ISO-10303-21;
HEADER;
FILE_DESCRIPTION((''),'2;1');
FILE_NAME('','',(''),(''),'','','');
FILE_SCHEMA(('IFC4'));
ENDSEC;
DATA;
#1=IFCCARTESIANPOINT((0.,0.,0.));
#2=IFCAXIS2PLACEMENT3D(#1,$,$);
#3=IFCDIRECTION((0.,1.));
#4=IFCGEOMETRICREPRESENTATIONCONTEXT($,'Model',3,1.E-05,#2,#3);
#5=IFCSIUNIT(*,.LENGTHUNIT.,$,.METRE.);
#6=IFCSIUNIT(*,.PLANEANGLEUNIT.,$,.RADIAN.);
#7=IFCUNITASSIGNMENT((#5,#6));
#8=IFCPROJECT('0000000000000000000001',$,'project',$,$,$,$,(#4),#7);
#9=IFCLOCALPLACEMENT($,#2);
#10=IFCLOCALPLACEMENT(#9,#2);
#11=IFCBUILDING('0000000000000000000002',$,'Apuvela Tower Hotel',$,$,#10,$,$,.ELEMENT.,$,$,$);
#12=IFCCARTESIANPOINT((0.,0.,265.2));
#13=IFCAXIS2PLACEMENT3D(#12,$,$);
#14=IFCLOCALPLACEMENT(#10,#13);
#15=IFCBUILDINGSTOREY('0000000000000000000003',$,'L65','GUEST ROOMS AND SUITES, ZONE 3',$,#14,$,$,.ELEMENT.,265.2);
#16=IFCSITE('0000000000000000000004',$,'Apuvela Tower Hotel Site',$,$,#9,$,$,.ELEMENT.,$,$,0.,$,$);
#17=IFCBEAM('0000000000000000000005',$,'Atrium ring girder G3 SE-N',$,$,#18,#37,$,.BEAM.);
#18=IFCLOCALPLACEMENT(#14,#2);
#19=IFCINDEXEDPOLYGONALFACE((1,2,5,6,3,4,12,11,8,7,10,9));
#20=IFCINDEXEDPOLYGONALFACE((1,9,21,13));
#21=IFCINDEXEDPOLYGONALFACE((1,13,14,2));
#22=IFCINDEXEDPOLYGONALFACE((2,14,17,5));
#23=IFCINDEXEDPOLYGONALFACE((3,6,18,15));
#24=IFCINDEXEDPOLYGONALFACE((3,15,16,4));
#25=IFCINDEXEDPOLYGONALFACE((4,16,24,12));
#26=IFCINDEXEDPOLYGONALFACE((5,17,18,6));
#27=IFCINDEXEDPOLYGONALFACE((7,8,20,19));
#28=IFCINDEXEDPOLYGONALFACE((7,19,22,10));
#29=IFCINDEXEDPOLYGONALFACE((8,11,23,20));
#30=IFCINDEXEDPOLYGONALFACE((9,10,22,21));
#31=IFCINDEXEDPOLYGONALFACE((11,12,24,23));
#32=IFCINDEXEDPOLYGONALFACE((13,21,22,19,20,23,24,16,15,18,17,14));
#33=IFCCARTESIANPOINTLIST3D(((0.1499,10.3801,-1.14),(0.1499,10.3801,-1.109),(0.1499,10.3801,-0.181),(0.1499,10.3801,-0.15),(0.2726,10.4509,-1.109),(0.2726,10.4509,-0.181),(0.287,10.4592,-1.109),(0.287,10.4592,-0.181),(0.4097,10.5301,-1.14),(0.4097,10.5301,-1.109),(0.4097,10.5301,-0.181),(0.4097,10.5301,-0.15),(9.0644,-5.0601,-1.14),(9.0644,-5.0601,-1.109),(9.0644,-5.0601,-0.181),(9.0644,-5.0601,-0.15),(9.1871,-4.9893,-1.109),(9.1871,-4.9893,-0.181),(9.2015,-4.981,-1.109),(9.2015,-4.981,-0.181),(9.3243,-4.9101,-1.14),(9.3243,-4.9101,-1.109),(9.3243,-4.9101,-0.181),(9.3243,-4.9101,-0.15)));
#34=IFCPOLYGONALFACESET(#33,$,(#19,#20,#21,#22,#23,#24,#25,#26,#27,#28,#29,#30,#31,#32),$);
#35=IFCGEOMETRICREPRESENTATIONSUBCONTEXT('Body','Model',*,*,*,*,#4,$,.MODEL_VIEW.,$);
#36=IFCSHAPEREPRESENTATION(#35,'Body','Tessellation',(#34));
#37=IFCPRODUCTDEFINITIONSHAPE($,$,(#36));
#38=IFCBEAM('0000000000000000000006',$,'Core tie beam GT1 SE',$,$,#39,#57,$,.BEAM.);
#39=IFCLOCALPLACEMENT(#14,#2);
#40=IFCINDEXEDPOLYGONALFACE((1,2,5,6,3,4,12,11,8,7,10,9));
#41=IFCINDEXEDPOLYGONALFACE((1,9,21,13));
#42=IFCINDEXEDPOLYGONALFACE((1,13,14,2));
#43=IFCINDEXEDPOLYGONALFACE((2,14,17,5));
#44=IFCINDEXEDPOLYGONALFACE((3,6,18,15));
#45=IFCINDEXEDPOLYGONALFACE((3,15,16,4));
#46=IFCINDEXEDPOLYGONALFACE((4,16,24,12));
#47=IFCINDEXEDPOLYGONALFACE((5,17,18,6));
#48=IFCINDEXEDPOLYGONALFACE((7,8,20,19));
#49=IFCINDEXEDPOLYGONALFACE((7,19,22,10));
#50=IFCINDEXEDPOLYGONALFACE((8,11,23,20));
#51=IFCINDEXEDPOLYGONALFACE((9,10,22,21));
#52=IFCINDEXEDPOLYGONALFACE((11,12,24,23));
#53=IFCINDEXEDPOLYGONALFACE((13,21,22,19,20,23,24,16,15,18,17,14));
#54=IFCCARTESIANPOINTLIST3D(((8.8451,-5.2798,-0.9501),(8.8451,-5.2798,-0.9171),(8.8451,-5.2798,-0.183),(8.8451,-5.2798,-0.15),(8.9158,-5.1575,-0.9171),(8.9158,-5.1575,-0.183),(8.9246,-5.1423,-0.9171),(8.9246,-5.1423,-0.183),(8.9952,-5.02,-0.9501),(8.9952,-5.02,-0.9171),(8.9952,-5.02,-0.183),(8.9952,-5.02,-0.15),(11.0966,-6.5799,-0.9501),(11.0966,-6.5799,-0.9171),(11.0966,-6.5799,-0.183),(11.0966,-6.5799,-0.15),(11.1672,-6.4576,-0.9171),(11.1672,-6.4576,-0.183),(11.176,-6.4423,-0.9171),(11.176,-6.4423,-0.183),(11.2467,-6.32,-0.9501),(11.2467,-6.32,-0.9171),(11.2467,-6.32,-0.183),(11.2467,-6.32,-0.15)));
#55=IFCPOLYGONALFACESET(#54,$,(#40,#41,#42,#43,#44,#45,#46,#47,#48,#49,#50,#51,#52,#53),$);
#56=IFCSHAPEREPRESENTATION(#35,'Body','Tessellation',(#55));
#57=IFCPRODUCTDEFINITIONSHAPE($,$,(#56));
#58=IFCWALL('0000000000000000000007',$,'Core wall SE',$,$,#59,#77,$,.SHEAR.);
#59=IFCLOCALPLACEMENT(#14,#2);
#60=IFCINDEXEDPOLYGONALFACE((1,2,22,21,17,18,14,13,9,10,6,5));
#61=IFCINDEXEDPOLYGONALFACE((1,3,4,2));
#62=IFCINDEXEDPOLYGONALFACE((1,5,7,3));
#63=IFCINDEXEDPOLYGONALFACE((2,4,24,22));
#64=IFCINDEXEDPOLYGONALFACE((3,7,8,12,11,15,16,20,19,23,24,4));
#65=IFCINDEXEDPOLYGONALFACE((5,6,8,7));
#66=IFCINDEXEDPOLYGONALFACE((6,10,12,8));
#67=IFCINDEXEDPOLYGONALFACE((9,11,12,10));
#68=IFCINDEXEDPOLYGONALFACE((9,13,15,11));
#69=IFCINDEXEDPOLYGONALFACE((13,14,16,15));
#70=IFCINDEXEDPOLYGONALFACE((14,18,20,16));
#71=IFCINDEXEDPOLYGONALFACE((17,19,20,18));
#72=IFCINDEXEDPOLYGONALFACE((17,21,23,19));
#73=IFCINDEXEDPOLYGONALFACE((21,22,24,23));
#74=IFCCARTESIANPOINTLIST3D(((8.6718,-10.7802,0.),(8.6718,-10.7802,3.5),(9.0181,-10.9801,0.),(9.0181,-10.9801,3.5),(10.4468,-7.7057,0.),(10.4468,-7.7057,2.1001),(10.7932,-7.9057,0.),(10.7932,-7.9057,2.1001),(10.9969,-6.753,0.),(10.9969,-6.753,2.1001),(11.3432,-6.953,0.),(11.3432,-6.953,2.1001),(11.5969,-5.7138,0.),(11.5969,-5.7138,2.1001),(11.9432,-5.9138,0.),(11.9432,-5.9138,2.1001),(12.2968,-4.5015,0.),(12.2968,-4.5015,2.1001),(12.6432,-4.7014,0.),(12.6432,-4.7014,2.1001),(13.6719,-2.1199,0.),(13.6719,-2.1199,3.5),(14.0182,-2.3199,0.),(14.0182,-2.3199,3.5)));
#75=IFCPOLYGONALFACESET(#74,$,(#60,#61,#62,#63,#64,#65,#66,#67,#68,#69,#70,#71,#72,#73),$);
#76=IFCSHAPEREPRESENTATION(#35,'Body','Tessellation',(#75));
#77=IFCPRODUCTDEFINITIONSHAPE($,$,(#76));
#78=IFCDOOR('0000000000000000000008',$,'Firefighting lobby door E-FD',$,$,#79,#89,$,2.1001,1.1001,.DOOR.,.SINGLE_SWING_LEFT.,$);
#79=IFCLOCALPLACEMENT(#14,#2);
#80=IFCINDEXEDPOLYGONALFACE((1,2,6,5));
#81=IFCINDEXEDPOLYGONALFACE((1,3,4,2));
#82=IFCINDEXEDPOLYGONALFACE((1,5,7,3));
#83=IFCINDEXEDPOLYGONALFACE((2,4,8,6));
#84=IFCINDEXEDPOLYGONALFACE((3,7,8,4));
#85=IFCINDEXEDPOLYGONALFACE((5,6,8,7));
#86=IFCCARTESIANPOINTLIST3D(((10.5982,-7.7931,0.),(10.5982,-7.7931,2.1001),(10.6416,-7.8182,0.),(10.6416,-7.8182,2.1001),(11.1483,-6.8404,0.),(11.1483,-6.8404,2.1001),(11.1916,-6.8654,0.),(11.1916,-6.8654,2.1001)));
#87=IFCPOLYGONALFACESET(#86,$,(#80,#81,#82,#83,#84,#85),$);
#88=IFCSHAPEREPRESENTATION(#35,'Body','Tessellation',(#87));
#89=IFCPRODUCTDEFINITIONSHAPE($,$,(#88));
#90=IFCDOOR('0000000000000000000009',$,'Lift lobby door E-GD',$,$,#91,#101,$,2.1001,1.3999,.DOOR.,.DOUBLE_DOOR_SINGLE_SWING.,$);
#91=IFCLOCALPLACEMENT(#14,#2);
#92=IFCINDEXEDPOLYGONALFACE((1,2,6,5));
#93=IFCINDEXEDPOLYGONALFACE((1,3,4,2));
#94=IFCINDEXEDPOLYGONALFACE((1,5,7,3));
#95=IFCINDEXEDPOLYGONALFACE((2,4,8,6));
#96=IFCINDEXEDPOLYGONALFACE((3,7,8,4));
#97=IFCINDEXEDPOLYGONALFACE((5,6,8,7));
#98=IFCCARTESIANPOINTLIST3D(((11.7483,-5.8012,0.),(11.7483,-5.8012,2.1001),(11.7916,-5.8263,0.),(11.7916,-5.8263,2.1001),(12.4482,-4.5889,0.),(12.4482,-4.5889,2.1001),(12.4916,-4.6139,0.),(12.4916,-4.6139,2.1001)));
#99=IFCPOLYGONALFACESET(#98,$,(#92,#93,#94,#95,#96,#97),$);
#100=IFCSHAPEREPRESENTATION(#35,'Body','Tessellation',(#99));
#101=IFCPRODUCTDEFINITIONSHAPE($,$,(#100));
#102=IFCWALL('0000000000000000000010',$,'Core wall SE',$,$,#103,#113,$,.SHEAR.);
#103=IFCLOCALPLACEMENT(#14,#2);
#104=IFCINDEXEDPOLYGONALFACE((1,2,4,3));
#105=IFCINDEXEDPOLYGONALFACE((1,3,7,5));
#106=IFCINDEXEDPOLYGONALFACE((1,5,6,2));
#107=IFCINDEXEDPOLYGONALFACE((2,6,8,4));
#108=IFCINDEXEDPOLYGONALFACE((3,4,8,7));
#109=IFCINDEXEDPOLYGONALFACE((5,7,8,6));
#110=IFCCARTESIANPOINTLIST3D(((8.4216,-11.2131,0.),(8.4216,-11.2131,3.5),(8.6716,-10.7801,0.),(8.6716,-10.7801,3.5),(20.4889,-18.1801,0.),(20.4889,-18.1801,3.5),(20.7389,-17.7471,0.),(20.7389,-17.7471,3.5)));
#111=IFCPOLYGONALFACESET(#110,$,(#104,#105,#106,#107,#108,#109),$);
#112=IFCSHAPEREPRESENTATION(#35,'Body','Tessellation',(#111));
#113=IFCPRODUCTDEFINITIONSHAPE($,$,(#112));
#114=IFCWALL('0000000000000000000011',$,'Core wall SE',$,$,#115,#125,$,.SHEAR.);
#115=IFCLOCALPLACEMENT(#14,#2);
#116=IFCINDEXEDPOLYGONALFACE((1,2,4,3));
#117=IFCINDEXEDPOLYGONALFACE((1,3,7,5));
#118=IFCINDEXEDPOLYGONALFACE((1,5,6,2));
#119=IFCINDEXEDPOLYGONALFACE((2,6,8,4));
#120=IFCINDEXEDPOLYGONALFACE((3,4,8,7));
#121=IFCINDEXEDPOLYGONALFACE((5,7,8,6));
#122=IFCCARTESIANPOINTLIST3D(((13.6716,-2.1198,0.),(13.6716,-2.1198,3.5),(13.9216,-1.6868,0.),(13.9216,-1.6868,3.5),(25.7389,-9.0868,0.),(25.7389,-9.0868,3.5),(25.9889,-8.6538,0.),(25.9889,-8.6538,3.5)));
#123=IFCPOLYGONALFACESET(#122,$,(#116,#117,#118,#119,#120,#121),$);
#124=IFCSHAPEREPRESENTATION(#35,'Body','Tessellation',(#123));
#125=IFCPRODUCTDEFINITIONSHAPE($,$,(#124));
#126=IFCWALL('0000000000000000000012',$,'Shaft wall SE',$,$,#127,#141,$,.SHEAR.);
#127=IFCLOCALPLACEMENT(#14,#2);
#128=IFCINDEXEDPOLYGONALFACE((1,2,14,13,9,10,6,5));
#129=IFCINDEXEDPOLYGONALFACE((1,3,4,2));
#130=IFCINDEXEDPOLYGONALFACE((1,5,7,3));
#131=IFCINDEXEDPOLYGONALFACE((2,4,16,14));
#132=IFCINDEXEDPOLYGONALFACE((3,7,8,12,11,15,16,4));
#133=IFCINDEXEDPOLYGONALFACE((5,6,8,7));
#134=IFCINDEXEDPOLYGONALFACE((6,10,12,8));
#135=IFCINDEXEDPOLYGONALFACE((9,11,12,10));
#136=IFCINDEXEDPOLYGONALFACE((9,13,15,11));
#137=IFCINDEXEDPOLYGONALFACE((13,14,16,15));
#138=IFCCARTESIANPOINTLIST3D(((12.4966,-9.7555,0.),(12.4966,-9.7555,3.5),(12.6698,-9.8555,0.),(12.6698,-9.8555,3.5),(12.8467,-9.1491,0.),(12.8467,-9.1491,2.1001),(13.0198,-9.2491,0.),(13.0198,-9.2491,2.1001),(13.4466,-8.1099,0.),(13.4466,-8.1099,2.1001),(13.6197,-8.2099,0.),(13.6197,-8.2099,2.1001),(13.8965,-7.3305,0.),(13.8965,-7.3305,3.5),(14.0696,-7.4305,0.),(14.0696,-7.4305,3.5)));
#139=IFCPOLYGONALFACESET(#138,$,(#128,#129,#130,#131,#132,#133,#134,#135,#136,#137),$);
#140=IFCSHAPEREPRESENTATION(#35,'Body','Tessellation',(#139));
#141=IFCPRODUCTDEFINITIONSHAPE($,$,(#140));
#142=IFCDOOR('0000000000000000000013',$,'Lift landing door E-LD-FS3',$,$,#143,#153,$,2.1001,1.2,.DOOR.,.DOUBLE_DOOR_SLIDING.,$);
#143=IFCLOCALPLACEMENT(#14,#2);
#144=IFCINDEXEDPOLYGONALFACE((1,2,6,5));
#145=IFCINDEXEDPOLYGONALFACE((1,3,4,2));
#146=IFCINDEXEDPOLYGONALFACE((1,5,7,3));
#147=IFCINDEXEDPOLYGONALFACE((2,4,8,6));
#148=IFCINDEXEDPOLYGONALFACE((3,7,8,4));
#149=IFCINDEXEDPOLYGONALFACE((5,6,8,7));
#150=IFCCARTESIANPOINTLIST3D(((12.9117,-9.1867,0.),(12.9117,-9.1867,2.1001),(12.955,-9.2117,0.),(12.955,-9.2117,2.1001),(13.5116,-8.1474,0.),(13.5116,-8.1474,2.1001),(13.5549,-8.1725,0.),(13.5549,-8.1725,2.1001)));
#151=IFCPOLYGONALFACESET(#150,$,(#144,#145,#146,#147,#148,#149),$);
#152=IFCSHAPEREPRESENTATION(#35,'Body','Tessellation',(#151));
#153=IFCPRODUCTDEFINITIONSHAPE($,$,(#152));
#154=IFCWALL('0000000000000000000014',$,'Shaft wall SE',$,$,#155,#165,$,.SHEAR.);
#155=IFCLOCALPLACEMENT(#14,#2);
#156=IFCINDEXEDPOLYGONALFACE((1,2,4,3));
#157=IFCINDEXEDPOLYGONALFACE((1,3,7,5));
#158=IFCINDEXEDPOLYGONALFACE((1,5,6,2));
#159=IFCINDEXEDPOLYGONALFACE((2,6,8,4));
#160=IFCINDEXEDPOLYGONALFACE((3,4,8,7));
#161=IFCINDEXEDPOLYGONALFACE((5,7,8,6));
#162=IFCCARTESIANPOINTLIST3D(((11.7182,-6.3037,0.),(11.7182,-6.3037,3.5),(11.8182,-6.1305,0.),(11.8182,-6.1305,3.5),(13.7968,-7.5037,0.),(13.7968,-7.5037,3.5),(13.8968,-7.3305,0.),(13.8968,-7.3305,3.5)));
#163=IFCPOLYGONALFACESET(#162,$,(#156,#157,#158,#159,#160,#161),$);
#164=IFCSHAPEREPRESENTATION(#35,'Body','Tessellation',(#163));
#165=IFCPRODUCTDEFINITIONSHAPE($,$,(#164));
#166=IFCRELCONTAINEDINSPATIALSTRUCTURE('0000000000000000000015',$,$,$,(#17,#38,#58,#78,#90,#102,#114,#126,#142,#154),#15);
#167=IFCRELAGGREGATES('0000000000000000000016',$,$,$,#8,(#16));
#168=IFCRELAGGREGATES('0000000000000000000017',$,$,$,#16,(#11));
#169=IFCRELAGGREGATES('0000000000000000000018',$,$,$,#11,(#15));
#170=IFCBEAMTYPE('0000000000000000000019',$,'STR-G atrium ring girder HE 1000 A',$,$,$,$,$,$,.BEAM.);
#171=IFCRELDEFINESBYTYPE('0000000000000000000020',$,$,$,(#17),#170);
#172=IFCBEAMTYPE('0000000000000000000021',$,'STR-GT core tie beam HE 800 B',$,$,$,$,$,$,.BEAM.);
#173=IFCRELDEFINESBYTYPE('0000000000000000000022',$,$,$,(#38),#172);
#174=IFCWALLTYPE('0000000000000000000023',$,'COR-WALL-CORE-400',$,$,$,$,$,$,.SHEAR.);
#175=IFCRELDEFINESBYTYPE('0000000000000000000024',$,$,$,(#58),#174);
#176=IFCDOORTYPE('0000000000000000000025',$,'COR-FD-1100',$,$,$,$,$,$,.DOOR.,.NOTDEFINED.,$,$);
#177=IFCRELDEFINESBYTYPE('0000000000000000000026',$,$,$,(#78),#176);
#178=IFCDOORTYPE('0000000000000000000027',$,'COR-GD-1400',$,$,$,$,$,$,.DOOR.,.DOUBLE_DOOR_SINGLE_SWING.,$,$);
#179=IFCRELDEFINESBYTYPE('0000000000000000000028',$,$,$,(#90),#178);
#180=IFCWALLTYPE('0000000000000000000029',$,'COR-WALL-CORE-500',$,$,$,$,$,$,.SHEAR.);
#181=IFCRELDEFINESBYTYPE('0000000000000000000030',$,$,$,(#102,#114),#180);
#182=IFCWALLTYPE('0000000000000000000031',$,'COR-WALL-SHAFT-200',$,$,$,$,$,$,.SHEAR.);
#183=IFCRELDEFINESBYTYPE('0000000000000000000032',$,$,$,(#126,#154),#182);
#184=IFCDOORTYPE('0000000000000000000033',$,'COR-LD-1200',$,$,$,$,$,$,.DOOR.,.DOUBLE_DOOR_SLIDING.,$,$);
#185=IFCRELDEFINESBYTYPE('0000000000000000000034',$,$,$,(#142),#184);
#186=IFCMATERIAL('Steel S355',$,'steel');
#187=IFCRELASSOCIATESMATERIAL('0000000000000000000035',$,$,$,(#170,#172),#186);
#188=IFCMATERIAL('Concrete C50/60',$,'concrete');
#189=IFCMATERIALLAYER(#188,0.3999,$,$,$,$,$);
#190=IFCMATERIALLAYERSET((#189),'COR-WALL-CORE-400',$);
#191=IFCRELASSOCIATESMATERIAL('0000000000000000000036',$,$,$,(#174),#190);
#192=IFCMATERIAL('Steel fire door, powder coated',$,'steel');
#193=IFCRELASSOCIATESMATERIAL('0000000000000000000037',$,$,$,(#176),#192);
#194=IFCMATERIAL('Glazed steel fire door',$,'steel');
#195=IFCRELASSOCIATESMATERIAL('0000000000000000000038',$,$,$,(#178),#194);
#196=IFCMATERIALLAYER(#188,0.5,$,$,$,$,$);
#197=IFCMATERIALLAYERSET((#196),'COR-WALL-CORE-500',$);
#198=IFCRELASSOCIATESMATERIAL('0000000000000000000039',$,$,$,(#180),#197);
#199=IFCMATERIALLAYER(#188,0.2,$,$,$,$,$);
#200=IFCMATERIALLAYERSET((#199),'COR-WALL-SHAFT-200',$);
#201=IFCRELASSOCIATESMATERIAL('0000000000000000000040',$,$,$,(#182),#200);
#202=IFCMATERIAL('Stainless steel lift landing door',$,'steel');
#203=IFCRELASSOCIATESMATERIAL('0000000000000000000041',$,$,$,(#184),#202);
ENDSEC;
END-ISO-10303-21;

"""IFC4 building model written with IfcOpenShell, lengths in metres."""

from ifc_helpers import new_model, si_unit, direction, frame, frame_2d, origin, origin_2d, place, context, subcontext, project, spatial, rectangle, i_section, extrude, material, layer, layer_set, material_profile, profile_set, type_object, element, fill, save


model = new_model("IFC4")

# Units and contexts
model_context = context("Model", 3, precision=1e-05, world=origin(), true_north=direction((0.0, 1.0)))
body_context = subcontext(model_context, "Body", "Model", "MODEL_VIEW")
ifc_project = project(units=[si_unit("LENGTHUNIT", "METRE"), si_unit("PLANEANGLEUNIT", "RADIAN")], contexts=[model_context])

# Site, building, storey
site_placement = place(None, origin())
site = spatial("IfcSite", under=ifc_project, at=site_placement, Name="Apuvela Tower Hotel Site", CompositionType="ELEMENT", RefElevation=0.0)
building_placement = place(site_placement, origin())
building = spatial("IfcBuilding", under=site, at=building_placement, Name="Apuvela Tower Hotel", CompositionType="ELEMENT")
storey_placement = place(building_placement, frame((0.0, 0.0, 265.2)))
storey = spatial("IfcBuildingStorey", under=building, at=storey_placement, Name="L65", Description="GUEST ROOMS AND SUITES, ZONE 3", CompositionType="ELEMENT", Elevation=265.2)

# Beams
ifc_material_1 = material(Name="Steel S355", Category="steel")
ifc_material_profile_1 = material_profile(ifc_material_1, i_section(OverallWidth=0.3, OverallDepth=0.99, WebThickness=0.0166, FlangeThickness=0.031, at=origin_2d()), Name="HE 1000 A")
ifc_profile_set_1 = profile_set([ifc_material_profile_1], Name="Steel S355")
beam_type_1 = type_object("IfcBeamType", Name="STR-G atrium ring girder HE 1000 A", PredefinedType="BEAM", material=ifc_profile_set_1)
beam_1_placement = place(storey_placement, frame((9.1943, -4.9851, -0.645), z_axis=(-0.500007, 0.866022, 0.0), x_axis=(-0.866022, -0.500007, 0.0)))
element("IfcBeam", 1, at=beam_1_placement, inside=storey, type_object=beam_type_1, Name="Atrium ring girder G3 SE-N", PredefinedType="BEAM", context=body_context, shape_type="SweptSolid", body=[
    extrude(i_section(OverallWidth=0.3, OverallDepth=0.99, WebThickness=0.0166, FlangeThickness=0.031, at=origin_2d()), origin(), (0.0, 0.0, 1.0), 17.8289),
])
ifc_material_profile_2 = material_profile(ifc_material_1, i_section(OverallWidth=0.3, OverallDepth=0.8, WebThickness=0.0176, FlangeThickness=0.033, at=origin_2d()), Name="HE 800 B")
ifc_profile_set_2 = profile_set([ifc_material_profile_2], Name="Steel S355")
beam_type_2 = type_object("IfcBeamType", Name="STR-GT core tie beam HE 800 B", PredefinedType="BEAM", material=ifc_profile_set_2)
beam_2_placement = place(storey_placement, frame((11.1716, -6.45, -0.55), z_axis=(-0.865998, 0.500048, 0.0), x_axis=(-0.500048, -0.865998, 0.0)))
element("IfcBeam", 2, at=beam_2_placement, inside=storey, type_object=beam_type_2, Name="Core tie beam GT1 SE", PredefinedType="BEAM", context=body_context, shape_type="SweptSolid", body=[
    extrude(i_section(OverallWidth=0.3, OverallDepth=0.8, WebThickness=0.0176, FlangeThickness=0.033, at=origin_2d()), origin(), (0.0, 0.0, 1.0), 2.5999),
])

# Wall, openings, doors
ifc_material_2 = material(Name="Concrete C50/60", Category="concrete")
ifc_layer_1 = layer(ifc_material_2, 0.3999)
ifc_layer_set_1 = layer_set([ifc_layer_1], Name="COR-WALL-CORE-400")
wall_type_1 = type_object("IfcWallType", Name="COR-WALL-CORE-400", PredefinedType="SHEAR", material=ifc_layer_set_1)
wall_1_placement = place(storey_placement, frame((8.845, -10.8801, 0.0), z_axis=(0.0, 0.0, 1.0), x_axis=(0.500004, 0.866023, 0.0)))
wall_1 = element("IfcWall", 3, at=wall_1_placement, inside=storey, type_object=wall_type_1, Name="Core wall SE", PredefinedType="SHEAR", context=body_context, shape_type="SweptSolid", body=[
    extrude(rectangle(XDim=10.0, YDim=0.3999, at=frame_2d((5.0, 0.0))), origin(), (0.0, 0.0, 1.0), 3.5),
])
opening_1_placement = place(wall_1_placement, frame((3.55, 0.0, 0.0)))
opening_1 = element("IfcOpeningElement", 4, at=opening_1_placement, cuts=wall_1, PredefinedType="OPENING", context=body_context, shape_type="SweptSolid", body=[
    extrude(rectangle(XDim=1.1001, YDim=2.1001, at=frame_2d((0.55, 1.05))), frame((0.0, 0.21, 0.0), z_axis=(0.0, -1.0, 0.0), x_axis=(1.0, 0.0, 0.0)), (0.0, 0.0, 1.0), 0.4199),
])
opening_2_placement = place(wall_1_placement, frame((5.8501, 0.0, 0.0)))
opening_2 = element("IfcOpeningElement", 5, at=opening_2_placement, cuts=wall_1, PredefinedType="OPENING", context=body_context, shape_type="SweptSolid", body=[
    extrude(rectangle(XDim=1.3999, YDim=2.1001, at=frame_2d((0.7, 1.05))), frame((0.0, 0.21, 0.0), z_axis=(0.0, -1.0, 0.0), x_axis=(1.0, 0.0, 0.0)), (0.0, 0.0, 1.0), 0.4199),
])
ifc_material_3 = material(Name="Steel fire door, powder coated", Category="steel")
door_type_1 = type_object("IfcDoorType", Name="COR-FD-1100", OperationType="NOTDEFINED", PredefinedType="DOOR", material=ifc_material_3)
door_1_placement = place(opening_1_placement, frame((1.1001, 0.0, 0.0), z_axis=(0.0, 0.0, 1.0), x_axis=(-1.0, 0.0, 0.0)))
door_1 = element("IfcDoor", 6, at=door_1_placement, inside=storey, type_object=door_type_1, Name="Firefighting lobby door E-FD", OperationType="SINGLE_SWING_LEFT", OverallHeight=2.1001, OverallWidth=1.1001, PredefinedType="DOOR", context=body_context, shape_type="SweptSolid", body=[
    extrude(rectangle(XDim=1.1001, YDim=2.1001, at=frame_2d((0.55, 1.05))), frame((0.0, 0.0249, 0.0), z_axis=(0.0, -1.0, 0.0), x_axis=(1.0, 0.0, 0.0)), (0.0, 0.0, 1.0), 0.05),
])
fill(opening_1, door_1)
ifc_material_4 = material(Name="Glazed steel fire door", Category="steel")
door_type_2 = type_object("IfcDoorType", Name="COR-GD-1400", OperationType="DOUBLE_DOOR_SINGLE_SWING", PredefinedType="DOOR", material=ifc_material_4)
door_2_placement = place(opening_2_placement, frame((1.3999, 0.0, 0.0), z_axis=(0.0, 0.0, 1.0), x_axis=(-1.0, 0.0, 0.0)))
door_2 = element("IfcDoor", 7, at=door_2_placement, inside=storey, type_object=door_type_2, Name="Lift lobby door E-GD", OperationType="DOUBLE_DOOR_SINGLE_SWING", OverallHeight=2.1001, OverallWidth=1.3999, PredefinedType="DOOR", context=body_context, shape_type="SweptSolid", body=[
    extrude(rectangle(XDim=1.3999, YDim=2.1001, at=frame_2d((0.7, 1.05))), frame((0.0, 0.0249, 0.0), z_axis=(0.0, -1.0, 0.0), x_axis=(1.0, 0.0, 0.0)), (0.0, 0.0, 1.0), 0.05),
])
fill(opening_2, door_2)

# Walls
ifc_layer_2 = layer(ifc_material_2, 0.5)
ifc_layer_set_2 = layer_set([ifc_layer_2], Name="COR-WALL-CORE-500")
wall_type_2 = type_object("IfcWallType", Name="COR-WALL-CORE-500", PredefinedType="SHEAR", material=ifc_layer_set_2)
for number, where, z_axis, x_axis, name in (
    (8, (8.5466, -10.9966, 0.0), (0.0, 0.0, 1.0), (0.866027, -0.499996, 0.0), "Core wall SE"),
    (9, (13.7966, -1.9033, 0.0), (0.0, 0.0, 1.0), (0.866027, -0.499996, 0.0), "Core wall SE"),
):
    element("IfcWall", number, at=place(storey_placement, frame(where, z_axis=z_axis, x_axis=x_axis)), inside=storey, type_object=wall_type_2, Name=name, PredefinedType="SHEAR", context=body_context, shape_type="SweptSolid", body=[
        extrude(rectangle(XDim=13.9341, YDim=0.5, at=frame_2d((6.967, 0.0))), origin(), (0.0, 0.0, 1.0), 3.5),
    ])

# Wall, opening, door
ifc_layer_3 = layer(ifc_material_2, 0.2)
ifc_layer_set_3 = layer_set([ifc_layer_3], Name="COR-WALL-SHAFT-200")
wall_type_3 = type_object("IfcWallType", Name="COR-WALL-SHAFT-200", PredefinedType="SHEAR", material=ifc_layer_set_3)
wall_2_placement = place(storey_placement, frame((12.5833, -9.8054, 0.0), z_axis=(0.0, 0.0, 1.0), x_axis=(0.499946, 0.866056, 0.0)))
wall_2 = element("IfcWall", 10, at=wall_2_placement, inside=storey, type_object=wall_type_3, Name="Shaft wall SE", PredefinedType="SHEAR", context=body_context, shape_type="SweptSolid", body=[
    extrude(rectangle(XDim=2.8, YDim=0.2, at=frame_2d((1.3999, 0.0))), origin(), (0.0, 0.0, 1.0), 3.5),
])
opening_3_placement = place(wall_2_placement, frame((0.7, 0.0, 0.0)))
opening_3 = element("IfcOpeningElement", 11, at=opening_3_placement, cuts=wall_2, PredefinedType="OPENING", context=body_context, shape_type="SweptSolid", body=[
    extrude(rectangle(XDim=1.2, YDim=2.1001, at=frame_2d((0.6001, 1.05))), frame((0.0, 0.1099, 0.0), z_axis=(0.0, -1.0, 0.0), x_axis=(1.0, 0.0, 0.0)), (0.0, 0.0, 1.0), 0.22),
])
ifc_material_5 = material(Name="Stainless steel lift landing door", Category="steel")
door_type_3 = type_object("IfcDoorType", Name="COR-LD-1200", OperationType="DOUBLE_DOOR_SLIDING", PredefinedType="DOOR", material=ifc_material_5)
door_3_placement = place(opening_3_placement, origin())
door_3 = element("IfcDoor", 12, at=door_3_placement, inside=storey, type_object=door_type_3, Name="Lift landing door E-LD-FS3", OperationType="DOUBLE_DOOR_SLIDING", OverallHeight=2.1001, OverallWidth=1.2, PredefinedType="DOOR", context=body_context, shape_type="SweptSolid", body=[
    extrude(rectangle(XDim=1.2, YDim=2.1001, at=frame_2d((0.6001, 1.05))), frame((0.0, 0.0249, 0.0), z_axis=(0.0, -1.0, 0.0), x_axis=(1.0, 0.0, 0.0)), (0.0, 0.0, 1.0), 0.05),
])
fill(opening_3, door_3)

# Wall
wall_3_placement = place(storey_placement, frame((11.7681, -6.217, 0.0), z_axis=(0.0, 0.0, 1.0), x_axis=(0.86605, -0.499957, 0.0)))
element("IfcWall", 13, at=wall_3_placement, inside=storey, type_object=wall_type_3, Name="Shaft wall SE", PredefinedType="SHEAR", context=body_context, shape_type="SweptSolid", body=[
    extrude(rectangle(XDim=2.4001, YDim=0.2, at=frame_2d((1.2002, 0.0))), origin(), (0.0, 0.0, 1.0), 3.5),
])

save(model, "model.ifc")
